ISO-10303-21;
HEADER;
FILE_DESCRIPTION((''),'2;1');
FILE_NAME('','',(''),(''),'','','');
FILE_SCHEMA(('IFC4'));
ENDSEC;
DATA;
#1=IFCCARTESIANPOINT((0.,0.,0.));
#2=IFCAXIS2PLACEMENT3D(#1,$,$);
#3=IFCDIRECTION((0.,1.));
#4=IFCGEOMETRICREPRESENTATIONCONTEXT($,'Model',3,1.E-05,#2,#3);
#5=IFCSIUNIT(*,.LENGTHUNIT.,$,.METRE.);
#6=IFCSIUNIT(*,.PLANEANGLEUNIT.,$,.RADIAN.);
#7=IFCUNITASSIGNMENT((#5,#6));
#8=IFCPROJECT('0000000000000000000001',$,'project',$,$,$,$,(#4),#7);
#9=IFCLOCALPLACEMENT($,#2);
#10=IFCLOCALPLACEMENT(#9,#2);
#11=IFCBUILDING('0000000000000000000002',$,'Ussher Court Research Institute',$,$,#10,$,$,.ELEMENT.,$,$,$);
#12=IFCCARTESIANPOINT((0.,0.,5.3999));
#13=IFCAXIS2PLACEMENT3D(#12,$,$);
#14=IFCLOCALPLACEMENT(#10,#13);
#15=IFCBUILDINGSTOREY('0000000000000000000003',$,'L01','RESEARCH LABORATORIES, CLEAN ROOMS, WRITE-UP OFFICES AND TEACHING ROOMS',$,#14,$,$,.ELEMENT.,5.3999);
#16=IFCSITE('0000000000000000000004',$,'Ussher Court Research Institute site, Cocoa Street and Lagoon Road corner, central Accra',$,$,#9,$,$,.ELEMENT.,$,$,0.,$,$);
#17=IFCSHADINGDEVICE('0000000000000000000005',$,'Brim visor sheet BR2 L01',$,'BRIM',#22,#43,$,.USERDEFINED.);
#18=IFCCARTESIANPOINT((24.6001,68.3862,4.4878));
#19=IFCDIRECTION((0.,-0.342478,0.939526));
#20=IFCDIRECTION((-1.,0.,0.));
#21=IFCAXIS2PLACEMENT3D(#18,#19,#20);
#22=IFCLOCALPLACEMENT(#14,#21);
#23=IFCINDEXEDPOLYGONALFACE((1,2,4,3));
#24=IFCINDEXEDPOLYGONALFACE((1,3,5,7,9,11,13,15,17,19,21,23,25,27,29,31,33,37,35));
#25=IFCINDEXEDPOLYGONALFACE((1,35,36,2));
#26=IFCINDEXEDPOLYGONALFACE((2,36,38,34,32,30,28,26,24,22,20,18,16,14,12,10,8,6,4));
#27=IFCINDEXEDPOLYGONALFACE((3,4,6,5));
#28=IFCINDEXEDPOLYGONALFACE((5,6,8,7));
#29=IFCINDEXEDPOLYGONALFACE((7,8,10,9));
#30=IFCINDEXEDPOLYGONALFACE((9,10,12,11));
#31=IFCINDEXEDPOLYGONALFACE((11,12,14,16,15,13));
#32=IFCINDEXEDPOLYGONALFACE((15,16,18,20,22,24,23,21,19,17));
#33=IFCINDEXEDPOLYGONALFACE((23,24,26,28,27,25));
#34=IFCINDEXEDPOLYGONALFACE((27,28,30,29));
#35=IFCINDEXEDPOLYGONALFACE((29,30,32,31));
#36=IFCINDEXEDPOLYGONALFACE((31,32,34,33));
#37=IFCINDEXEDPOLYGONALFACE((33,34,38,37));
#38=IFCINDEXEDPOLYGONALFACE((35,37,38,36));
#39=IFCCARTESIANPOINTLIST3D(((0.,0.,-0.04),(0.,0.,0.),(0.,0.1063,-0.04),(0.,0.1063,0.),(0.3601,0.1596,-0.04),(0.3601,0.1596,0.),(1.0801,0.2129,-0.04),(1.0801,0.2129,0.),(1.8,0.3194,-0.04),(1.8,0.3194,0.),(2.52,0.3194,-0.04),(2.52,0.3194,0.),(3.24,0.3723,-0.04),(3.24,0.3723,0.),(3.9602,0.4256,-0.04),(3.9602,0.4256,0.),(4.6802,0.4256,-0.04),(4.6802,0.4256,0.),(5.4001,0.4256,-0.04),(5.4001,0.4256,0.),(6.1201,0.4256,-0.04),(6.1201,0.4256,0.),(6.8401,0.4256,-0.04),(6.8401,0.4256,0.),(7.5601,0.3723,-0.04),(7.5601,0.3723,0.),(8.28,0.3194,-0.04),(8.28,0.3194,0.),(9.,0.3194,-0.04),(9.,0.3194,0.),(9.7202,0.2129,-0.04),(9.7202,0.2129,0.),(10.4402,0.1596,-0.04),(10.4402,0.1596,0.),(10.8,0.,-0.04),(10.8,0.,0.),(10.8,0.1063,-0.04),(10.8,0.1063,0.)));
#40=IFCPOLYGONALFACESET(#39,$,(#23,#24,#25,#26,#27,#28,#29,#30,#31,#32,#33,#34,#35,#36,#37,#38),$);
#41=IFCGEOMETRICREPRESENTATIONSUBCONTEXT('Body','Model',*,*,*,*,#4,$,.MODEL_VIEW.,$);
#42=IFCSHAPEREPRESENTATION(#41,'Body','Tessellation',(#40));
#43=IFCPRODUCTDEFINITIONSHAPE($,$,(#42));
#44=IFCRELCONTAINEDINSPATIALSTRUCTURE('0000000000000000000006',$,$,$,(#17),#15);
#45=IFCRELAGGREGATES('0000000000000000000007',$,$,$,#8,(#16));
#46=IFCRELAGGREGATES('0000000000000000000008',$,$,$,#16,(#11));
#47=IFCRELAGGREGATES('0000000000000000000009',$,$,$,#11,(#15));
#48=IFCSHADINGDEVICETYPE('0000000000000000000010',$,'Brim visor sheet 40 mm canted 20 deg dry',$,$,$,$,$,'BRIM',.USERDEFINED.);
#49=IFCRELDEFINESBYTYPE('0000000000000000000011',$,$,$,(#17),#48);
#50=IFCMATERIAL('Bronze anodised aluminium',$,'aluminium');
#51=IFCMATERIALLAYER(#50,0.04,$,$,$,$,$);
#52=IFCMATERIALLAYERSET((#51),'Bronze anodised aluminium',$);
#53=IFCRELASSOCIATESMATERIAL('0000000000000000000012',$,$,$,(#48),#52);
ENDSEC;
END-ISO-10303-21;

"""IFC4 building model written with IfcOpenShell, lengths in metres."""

from ifc_helpers import new_model, si_unit, direction, frame, origin, place, context, subcontext, project, spatial, polyline, outline, extrude, material, layer, layer_set, type_object, element, save


model = new_model("IFC4")

# Units and contexts
model_context = context("Model", 3, precision=1e-05, world=origin(), true_north=direction((0.0, 1.0)))
body_context = subcontext(model_context, "Body", "Model", "MODEL_VIEW")
ifc_project = project(units=[si_unit("LENGTHUNIT", "METRE"), si_unit("PLANEANGLEUNIT", "RADIAN")], contexts=[model_context])

# Site, building, storey
site_placement = place(None, origin())
site = spatial("IfcSite", under=ifc_project, at=site_placement, Name="Ussher Court Research Institute site, Cocoa Street and Lagoon Road corner, central Accra", CompositionType="ELEMENT", RefElevation=0.0)
building_placement = place(site_placement, origin())
building = spatial("IfcBuilding", under=site, at=building_placement, Name="Ussher Court Research Institute", CompositionType="ELEMENT")
storey_placement = place(building_placement, frame((0.0, 0.0, 5.3999)))
storey = spatial("IfcBuildingStorey", under=building, at=storey_placement, Name="L01", Description="RESEARCH LABORATORIES, CLEAN ROOMS, WRITE-UP OFFICES AND TEACHING ROOMS", CompositionType="ELEMENT", Elevation=5.3999)

# Shading device
ifc_material_1 = material(Name="Bronze anodised aluminium", Category="aluminium")
ifc_layer_1 = layer(ifc_material_1, 0.04)
ifc_layer_set_1 = layer_set([ifc_layer_1], Name="Bronze anodised aluminium")
shading_device_type_1 = type_object("IfcShadingDeviceType", Name="Brim visor sheet 40 mm canted 20 deg dry", ElementType="BRIM", PredefinedType="USERDEFINED", material=ifc_layer_set_1)
shading_device_1_placement = place(storey_placement, frame((24.6001, 68.3862, 4.4878), z_axis=(0.0, -0.342478, 0.939526), x_axis=(-1.0, 0.0, 0.0)))
element("IfcShadingDevice", 1, at=shading_device_1_placement, inside=storey, type_object=shading_device_type_1, Name="Brim visor sheet BR2 L01", ObjectType="BRIM", PredefinedType="USERDEFINED", context=body_context, shape_type="SweptSolid", body=[
    extrude(outline(polyline([(0.0, 0.0), (10.8, 0.0), (10.8, 0.1063), (10.4402, 0.1596), (9.7202, 0.2129), (9.0, 0.3194), (8.28, 0.3194), (7.5601, 0.3723), (6.8401, 0.4256), (6.1201, 0.4256), (5.4001, 0.4256), (4.6802, 0.4256), (3.9602, 0.4256), (3.24, 0.3723), (2.52, 0.3194), (1.8, 0.3194), (1.0801, 0.2129), (0.3601, 0.1596), (0.0, 0.1063), (0.0, 0.0)])), origin(), (0.0, 0.0, -1.0), 0.04),
])

save(model, "model.ifc")
